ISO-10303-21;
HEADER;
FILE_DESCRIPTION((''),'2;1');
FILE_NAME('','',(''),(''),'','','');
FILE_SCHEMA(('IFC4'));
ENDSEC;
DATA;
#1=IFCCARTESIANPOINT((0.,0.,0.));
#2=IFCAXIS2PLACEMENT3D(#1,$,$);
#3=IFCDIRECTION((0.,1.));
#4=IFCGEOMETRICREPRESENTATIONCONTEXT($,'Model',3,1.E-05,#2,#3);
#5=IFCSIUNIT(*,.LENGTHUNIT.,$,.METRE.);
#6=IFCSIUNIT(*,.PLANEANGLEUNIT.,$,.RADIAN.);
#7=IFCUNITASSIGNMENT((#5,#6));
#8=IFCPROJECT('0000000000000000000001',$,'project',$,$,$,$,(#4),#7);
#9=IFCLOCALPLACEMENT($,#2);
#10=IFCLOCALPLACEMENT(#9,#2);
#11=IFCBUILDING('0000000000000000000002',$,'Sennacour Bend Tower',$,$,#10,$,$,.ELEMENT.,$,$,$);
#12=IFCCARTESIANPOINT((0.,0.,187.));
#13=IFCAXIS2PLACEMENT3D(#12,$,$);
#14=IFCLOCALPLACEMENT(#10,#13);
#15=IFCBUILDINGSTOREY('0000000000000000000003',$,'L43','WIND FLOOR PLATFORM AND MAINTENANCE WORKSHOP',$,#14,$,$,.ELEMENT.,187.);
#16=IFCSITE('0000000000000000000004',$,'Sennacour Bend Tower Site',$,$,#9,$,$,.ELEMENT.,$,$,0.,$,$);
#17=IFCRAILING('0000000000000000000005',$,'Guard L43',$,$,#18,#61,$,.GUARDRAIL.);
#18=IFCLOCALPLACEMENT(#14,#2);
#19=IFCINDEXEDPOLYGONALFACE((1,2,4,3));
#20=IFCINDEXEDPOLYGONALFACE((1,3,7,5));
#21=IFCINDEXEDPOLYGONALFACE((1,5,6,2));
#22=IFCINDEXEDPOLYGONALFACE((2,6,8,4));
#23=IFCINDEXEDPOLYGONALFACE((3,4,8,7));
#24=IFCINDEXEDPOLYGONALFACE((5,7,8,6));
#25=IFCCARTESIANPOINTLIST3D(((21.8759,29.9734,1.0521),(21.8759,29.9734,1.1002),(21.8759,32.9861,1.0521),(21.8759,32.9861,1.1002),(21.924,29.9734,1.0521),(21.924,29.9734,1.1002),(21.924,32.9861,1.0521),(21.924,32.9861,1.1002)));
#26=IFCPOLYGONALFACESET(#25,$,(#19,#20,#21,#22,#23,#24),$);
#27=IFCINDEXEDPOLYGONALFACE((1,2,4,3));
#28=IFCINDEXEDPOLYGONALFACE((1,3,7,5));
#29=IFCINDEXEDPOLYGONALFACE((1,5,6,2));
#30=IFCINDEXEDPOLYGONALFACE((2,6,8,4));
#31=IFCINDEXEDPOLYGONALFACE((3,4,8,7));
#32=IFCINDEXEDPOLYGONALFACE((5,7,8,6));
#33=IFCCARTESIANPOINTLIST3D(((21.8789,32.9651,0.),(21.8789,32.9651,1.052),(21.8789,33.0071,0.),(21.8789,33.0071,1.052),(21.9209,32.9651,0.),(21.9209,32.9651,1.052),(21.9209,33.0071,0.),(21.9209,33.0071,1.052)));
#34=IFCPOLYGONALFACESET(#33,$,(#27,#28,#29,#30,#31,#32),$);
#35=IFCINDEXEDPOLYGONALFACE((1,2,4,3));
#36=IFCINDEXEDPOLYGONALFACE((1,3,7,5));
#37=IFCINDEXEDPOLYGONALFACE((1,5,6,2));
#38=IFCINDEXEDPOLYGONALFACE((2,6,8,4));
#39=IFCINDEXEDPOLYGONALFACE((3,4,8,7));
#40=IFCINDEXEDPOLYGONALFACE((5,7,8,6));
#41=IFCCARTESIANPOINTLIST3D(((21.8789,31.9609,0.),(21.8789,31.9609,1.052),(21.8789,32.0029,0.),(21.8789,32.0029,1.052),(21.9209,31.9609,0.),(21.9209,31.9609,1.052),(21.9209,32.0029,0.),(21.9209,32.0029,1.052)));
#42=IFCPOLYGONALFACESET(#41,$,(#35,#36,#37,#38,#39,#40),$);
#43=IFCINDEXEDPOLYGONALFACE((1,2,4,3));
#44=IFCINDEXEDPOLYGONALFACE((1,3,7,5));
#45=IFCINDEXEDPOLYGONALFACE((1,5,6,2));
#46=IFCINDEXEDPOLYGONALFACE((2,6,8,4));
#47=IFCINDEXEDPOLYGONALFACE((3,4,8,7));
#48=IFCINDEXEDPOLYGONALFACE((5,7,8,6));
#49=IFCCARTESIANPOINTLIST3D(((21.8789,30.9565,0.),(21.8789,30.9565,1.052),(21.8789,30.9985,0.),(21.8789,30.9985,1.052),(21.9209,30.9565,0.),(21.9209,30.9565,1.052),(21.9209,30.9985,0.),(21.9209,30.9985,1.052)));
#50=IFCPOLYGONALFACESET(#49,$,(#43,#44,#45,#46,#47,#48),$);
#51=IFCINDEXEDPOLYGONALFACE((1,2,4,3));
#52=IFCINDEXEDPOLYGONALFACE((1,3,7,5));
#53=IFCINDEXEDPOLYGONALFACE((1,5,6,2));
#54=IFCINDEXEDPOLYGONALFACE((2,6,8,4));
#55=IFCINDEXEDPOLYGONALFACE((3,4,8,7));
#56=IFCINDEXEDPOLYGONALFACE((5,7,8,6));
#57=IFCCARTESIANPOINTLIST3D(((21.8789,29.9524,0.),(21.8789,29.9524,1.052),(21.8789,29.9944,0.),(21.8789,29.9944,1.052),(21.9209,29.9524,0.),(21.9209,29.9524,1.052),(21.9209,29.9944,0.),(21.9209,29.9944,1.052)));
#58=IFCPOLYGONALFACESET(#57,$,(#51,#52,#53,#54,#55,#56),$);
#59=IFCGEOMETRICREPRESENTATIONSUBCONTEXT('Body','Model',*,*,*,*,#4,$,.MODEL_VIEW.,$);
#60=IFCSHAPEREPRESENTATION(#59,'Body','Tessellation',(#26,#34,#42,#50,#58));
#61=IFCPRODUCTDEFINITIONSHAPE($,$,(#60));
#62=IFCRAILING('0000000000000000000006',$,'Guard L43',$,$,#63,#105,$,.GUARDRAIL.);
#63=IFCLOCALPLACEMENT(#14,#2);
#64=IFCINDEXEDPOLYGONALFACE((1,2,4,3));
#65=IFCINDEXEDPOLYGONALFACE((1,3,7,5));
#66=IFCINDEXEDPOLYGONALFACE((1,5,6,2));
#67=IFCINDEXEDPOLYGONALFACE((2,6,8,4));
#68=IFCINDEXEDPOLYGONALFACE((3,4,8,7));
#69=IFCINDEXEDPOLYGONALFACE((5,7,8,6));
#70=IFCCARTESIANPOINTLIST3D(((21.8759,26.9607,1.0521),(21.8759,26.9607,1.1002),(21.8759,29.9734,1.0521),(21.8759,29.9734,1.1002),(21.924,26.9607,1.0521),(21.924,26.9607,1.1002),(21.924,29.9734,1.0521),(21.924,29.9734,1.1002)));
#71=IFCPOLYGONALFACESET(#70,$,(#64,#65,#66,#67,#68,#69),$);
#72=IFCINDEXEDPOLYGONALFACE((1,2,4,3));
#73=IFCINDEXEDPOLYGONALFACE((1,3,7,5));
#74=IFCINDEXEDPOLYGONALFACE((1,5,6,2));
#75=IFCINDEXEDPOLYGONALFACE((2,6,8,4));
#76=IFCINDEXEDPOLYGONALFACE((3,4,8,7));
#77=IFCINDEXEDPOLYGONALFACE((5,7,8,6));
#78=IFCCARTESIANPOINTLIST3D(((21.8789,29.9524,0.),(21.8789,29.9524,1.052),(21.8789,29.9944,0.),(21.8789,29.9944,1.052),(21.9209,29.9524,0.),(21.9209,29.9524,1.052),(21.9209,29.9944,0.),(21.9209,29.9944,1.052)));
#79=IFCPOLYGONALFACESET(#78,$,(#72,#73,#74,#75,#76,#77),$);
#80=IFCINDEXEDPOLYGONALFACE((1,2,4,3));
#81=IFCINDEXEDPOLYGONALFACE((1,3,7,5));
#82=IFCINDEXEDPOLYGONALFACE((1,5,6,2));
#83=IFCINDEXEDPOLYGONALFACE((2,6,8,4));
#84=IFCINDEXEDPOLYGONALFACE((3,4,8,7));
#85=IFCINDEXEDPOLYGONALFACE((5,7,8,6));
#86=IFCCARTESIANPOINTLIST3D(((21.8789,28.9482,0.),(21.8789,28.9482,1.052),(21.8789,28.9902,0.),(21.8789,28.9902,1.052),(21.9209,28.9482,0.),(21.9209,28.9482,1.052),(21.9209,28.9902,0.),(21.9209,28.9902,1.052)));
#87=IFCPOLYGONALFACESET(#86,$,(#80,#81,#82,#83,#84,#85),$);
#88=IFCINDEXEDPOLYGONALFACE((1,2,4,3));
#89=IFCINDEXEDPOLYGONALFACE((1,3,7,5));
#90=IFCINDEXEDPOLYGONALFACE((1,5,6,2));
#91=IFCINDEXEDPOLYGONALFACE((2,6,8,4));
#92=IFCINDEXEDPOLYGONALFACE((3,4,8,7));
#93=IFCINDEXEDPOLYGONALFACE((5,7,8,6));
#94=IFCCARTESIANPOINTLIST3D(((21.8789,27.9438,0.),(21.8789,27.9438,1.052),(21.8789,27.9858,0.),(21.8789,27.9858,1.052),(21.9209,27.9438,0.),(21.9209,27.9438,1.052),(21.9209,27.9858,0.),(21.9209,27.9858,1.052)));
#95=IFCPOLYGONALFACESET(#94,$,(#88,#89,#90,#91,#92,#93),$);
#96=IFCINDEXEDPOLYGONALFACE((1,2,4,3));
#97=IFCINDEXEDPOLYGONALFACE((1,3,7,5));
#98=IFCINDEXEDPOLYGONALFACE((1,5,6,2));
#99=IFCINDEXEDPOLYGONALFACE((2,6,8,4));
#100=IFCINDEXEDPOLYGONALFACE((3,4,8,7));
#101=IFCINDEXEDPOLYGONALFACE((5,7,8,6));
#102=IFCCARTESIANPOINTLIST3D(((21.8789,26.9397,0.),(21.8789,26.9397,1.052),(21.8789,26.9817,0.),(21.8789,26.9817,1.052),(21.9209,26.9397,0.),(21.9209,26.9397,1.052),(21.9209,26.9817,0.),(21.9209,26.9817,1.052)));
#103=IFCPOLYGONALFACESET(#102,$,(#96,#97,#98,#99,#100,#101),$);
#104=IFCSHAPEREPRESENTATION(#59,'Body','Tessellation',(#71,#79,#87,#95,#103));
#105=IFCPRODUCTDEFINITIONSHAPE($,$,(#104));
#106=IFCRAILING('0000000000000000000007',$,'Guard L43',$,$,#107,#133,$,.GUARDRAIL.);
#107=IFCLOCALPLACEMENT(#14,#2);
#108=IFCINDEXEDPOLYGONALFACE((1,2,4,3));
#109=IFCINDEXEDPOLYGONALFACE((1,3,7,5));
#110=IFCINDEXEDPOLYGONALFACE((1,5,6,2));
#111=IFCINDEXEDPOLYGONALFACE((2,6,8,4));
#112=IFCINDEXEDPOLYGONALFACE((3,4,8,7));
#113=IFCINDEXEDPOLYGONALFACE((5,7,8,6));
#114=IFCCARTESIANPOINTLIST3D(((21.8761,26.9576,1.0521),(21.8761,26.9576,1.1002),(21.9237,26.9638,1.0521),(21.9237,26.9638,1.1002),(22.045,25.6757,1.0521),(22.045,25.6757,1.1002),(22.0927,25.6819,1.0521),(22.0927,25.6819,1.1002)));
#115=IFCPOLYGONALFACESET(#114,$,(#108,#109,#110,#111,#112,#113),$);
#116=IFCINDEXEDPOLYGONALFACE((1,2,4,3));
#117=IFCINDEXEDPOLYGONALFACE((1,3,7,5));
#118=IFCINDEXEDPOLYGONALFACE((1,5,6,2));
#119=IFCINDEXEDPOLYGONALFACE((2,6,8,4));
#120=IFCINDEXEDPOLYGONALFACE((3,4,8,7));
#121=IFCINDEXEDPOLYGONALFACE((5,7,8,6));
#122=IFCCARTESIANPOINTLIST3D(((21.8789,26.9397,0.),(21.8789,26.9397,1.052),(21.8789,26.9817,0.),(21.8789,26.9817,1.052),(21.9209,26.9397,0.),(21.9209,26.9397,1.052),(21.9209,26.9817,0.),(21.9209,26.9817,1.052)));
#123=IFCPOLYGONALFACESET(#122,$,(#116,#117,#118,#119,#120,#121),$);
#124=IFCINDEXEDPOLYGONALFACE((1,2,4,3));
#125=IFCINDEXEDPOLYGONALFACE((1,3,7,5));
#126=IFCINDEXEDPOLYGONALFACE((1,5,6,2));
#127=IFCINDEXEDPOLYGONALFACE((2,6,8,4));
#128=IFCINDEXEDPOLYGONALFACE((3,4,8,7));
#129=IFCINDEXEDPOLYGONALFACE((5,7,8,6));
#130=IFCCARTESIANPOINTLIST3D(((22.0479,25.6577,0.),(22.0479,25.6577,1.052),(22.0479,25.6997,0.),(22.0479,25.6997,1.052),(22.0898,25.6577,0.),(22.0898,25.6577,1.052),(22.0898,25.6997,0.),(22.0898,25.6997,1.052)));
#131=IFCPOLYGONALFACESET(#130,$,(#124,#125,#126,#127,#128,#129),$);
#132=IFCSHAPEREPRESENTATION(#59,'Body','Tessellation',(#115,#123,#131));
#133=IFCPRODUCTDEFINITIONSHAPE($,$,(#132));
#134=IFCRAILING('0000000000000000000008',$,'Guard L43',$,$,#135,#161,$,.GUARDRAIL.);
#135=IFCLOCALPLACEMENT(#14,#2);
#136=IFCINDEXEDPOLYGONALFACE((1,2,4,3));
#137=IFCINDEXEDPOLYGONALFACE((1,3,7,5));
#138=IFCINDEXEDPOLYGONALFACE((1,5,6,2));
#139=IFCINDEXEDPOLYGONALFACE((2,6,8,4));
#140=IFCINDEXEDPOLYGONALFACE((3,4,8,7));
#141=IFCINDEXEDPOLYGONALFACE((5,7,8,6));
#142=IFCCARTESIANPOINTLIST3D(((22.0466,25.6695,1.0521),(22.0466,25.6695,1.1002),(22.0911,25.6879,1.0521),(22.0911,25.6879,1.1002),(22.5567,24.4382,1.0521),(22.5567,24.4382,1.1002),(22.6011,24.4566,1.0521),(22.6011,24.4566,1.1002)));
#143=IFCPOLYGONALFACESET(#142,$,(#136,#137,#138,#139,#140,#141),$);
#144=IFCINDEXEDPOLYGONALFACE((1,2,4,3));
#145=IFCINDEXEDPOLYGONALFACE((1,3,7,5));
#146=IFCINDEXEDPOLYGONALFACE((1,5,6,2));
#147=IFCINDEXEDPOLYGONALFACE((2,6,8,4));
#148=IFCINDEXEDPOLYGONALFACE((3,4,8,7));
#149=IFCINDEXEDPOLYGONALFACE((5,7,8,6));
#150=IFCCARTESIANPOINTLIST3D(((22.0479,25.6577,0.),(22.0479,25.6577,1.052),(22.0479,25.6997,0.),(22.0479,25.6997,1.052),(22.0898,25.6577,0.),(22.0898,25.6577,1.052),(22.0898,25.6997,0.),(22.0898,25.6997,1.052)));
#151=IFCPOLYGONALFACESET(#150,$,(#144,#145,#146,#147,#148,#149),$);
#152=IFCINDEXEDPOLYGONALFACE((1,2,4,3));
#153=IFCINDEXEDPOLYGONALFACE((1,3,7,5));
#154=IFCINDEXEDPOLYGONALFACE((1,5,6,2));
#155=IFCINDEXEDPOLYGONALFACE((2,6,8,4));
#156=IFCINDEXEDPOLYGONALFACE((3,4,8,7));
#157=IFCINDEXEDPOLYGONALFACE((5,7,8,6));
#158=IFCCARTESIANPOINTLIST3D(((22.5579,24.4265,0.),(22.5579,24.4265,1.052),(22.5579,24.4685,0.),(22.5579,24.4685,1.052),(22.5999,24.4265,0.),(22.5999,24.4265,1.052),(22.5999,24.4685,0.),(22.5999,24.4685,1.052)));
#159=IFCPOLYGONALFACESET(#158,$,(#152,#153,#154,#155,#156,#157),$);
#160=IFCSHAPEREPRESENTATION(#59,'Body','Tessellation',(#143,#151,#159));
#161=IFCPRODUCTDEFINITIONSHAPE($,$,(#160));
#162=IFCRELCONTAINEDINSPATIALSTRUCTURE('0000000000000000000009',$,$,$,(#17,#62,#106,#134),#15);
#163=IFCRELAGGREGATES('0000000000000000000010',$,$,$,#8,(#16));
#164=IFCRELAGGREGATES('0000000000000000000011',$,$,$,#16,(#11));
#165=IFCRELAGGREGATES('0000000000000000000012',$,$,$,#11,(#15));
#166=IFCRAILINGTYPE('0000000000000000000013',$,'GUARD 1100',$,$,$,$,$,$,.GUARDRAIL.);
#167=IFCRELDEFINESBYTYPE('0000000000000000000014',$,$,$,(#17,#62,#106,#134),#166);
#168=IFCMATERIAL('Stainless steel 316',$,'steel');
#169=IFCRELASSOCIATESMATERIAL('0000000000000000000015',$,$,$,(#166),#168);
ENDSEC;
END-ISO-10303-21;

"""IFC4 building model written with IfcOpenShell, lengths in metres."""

from ifc_helpers import new_model, si_unit, direction, frame, origin, origin_2d, place, context, subcontext, project, spatial, rectangle, extrude, material, type_object, element, save


model = new_model("IFC4")

# Units and contexts
model_context = context("Model", 3, precision=1e-05, world=origin(), true_north=direction((0.0, 1.0)))
body_context = subcontext(model_context, "Body", "Model", "MODEL_VIEW")
ifc_project = project(units=[si_unit("LENGTHUNIT", "METRE"), si_unit("PLANEANGLEUNIT", "RADIAN")], contexts=[model_context])

# Site, building, storey
site_placement = place(None, origin())
site = spatial("IfcSite", under=ifc_project, at=site_placement, Name="Sennacour Bend Tower Site", CompositionType="ELEMENT", RefElevation=0.0)
building_placement = place(site_placement, origin())
building = spatial("IfcBuilding", under=site, at=building_placement, Name="Sennacour Bend Tower", CompositionType="ELEMENT")
storey_placement = place(building_placement, frame((0.0, 0.0, 187.0)))
storey = spatial("IfcBuildingStorey", under=building, at=storey_placement, Name="L43", Description="WIND FLOOR PLATFORM AND MAINTENANCE WORKSHOP", CompositionType="ELEMENT", Elevation=187.0)

# Railings
ifc_material_1 = material(Name="Stainless steel 316", Category="steel")
railing_type = type_object("IfcRailingType", Name="GUARD 1100", PredefinedType="GUARDRAIL", material=ifc_material_1)
for number, where, name in (
    (1, (21.8999, 32.9861, 0.0), "Guard L43"),
    (2, (21.8999, 29.9734, 0.0), "Guard L43"),
):
    element("IfcRailing", number, at=place(storey_placement, frame(where)), inside=storey, type_object=railing_type, Name=name, PredefinedType="GUARDRAIL", context=body_context, shape_type="SweptSolid", body=[
        extrude(rectangle(XDim=0.0481, YDim=0.0481, at=origin_2d()), frame((0.0, 0.0, 1.0762), z_axis=(0.0, -1.0, 0.0), x_axis=(1.0, 0.0, 0.0)), (0.0, 0.0, 1.0), 3.0127),
        extrude(rectangle(XDim=0.042, YDim=0.042, at=origin_2d()), origin(), (0.0, 0.0, 1.0), 1.052),
        extrude(rectangle(XDim=0.042, YDim=0.042, at=origin_2d()), frame((0.0, -1.0042, 0.0)), (0.0, 0.0, 1.0), 1.052),
        extrude(rectangle(XDim=0.042, YDim=0.042, at=origin_2d()), frame((0.0, -2.0085, 0.0)), (0.0, 0.0, 1.0), 1.052),
        extrude(rectangle(XDim=0.042, YDim=0.042, at=origin_2d()), frame((0.0, -3.0127, 0.0)), (0.0, 0.0, 1.0), 1.052),
    ])
railing_1_placement = place(storey_placement, frame((21.8999, 26.9607, 0.0)))
element("IfcRailing", 3, at=railing_1_placement, inside=storey, type_object=railing_type, Name="Guard L43", PredefinedType="GUARDRAIL", context=body_context, shape_type="SweptSolid", body=[
    extrude(rectangle(XDim=0.0481, YDim=0.0481, at=origin_2d()), frame((0.0, 0.0, 1.0762), z_axis=(0.130655, -0.991428, 0.0), x_axis=(0.991428, 0.130655, 0.0)), (0.0, 0.0, 1.0), 1.293),
    extrude(rectangle(XDim=0.042, YDim=0.042, at=origin_2d()), origin(), (0.0, 0.0, 1.0), 1.052),
    extrude(rectangle(XDim=0.042, YDim=0.042, at=origin_2d()), frame((0.1689, -1.282, 0.0)), (0.0, 0.0, 1.0), 1.052),
])
railing_2_placement = place(storey_placement, frame((22.0688, 25.6787, 0.0)))
element("IfcRailing", 4, at=railing_2_placement, inside=storey, type_object=railing_type, Name="Guard L43", PredefinedType="GUARDRAIL", context=body_context, shape_type="SweptSolid", body=[
    extrude(rectangle(XDim=0.0481, YDim=0.0481, at=origin_2d()), frame((0.0, 0.0, 1.0762), z_axis=(0.382702, -0.923872, 0.0), x_axis=(0.923872, 0.382702, 0.0)), (0.0, 0.0, 1.0), 1.3328),
    extrude(rectangle(XDim=0.042, YDim=0.042, at=origin_2d()), origin(), (0.0, 0.0, 1.0), 1.052),
    extrude(rectangle(XDim=0.042, YDim=0.042, at=origin_2d()), frame((0.51, -1.2312, 0.0)), (0.0, 0.0, 1.0), 1.052),
])

save(model, "model.ifc")
